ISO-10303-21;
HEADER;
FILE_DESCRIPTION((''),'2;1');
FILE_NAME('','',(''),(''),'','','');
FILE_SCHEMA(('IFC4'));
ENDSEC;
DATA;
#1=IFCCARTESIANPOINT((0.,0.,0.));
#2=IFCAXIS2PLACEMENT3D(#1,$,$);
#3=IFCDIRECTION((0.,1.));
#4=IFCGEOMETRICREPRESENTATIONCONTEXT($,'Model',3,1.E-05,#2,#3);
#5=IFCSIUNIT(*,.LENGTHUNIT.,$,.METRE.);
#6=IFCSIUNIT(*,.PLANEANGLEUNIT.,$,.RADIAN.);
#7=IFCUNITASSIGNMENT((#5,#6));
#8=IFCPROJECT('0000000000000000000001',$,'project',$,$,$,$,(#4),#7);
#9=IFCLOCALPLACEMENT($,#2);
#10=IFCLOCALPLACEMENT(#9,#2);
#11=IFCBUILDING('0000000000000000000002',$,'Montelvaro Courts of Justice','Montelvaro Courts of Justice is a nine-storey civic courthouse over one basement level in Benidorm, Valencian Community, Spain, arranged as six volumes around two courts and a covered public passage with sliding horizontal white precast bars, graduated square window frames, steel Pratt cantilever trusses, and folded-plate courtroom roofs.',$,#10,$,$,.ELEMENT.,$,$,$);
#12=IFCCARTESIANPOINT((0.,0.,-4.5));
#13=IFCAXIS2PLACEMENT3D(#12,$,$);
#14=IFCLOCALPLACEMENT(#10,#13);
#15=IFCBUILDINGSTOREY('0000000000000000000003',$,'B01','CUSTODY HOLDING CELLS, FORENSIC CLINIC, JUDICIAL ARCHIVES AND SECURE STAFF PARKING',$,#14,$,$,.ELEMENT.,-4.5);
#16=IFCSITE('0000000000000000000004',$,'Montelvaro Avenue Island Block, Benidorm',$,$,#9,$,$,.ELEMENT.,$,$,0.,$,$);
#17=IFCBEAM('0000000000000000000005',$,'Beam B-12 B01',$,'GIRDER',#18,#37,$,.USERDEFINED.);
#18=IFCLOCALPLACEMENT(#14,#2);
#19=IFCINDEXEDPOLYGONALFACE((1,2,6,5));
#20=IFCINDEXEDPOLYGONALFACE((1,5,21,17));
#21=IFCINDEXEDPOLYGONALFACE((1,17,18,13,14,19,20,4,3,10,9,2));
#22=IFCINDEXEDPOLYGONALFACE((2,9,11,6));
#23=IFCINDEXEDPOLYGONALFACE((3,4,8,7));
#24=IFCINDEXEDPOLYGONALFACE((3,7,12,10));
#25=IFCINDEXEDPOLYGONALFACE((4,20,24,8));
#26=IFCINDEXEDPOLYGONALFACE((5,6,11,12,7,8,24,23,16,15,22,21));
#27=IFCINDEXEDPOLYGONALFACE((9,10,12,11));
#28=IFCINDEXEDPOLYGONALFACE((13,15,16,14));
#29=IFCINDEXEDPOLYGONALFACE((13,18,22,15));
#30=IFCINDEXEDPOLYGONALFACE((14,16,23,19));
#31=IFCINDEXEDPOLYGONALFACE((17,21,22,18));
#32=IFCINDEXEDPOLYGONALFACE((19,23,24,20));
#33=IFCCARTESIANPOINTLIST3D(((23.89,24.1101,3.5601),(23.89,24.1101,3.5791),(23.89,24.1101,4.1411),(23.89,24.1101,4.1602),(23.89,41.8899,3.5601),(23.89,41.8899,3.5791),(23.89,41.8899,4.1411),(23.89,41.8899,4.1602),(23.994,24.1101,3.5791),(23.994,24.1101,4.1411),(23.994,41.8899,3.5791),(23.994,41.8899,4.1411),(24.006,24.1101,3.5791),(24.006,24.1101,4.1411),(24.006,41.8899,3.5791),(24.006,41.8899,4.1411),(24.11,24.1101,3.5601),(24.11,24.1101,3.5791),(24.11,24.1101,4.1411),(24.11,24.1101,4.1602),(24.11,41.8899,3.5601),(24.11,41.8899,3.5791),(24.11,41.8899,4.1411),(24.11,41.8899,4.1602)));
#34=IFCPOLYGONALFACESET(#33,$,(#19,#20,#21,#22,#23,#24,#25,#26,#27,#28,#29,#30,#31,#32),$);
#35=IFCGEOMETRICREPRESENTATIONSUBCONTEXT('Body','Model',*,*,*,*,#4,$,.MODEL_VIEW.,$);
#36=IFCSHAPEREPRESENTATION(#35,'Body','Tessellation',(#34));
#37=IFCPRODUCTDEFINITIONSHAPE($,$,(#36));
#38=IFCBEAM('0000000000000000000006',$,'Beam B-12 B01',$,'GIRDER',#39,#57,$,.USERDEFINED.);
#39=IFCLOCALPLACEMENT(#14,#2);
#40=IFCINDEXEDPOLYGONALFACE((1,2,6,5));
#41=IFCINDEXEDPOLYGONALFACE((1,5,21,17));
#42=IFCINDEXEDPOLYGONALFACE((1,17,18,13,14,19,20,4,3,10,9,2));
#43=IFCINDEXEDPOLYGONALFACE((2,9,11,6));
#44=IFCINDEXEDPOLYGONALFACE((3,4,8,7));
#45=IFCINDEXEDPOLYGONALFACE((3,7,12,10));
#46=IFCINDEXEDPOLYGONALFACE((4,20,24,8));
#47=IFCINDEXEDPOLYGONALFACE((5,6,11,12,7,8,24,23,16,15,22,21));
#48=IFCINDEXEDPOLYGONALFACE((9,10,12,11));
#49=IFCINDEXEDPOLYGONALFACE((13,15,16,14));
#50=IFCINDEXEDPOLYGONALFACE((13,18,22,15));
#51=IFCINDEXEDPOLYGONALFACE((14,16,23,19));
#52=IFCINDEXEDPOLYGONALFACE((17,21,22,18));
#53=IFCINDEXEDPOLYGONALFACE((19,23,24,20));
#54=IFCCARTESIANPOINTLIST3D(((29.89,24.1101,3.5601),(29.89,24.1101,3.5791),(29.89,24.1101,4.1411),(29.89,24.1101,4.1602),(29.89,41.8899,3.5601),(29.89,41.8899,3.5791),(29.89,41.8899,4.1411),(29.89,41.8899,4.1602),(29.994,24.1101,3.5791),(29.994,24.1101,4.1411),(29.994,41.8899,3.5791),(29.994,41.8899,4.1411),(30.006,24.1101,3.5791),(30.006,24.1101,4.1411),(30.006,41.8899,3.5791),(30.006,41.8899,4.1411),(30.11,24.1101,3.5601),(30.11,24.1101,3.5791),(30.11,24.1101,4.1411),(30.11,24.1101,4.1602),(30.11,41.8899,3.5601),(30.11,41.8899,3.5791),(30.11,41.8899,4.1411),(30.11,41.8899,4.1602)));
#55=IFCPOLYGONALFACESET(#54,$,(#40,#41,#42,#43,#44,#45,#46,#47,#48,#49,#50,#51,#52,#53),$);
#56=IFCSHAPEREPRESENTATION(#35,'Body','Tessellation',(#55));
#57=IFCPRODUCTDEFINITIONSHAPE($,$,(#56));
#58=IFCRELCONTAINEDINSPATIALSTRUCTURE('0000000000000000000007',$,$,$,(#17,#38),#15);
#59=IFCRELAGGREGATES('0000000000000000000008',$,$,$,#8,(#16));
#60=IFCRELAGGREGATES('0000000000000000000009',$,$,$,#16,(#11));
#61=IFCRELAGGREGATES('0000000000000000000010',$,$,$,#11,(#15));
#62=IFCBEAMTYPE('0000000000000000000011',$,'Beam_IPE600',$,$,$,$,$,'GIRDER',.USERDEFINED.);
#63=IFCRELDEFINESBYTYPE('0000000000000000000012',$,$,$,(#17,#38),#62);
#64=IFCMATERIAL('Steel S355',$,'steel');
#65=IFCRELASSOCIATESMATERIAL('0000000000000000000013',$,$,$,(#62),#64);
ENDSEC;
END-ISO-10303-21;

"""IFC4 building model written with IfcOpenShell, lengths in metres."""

from ifc_helpers import new_model, si_unit, direction, frame, origin, origin_2d, place, context, subcontext, project, spatial, i_section, extrude, material, material_profile, profile_set, type_object, element, save


model = new_model("IFC4")

# Units and contexts
model_context = context("Model", 3, precision=1e-05, world=origin(), true_north=direction((0.0, 1.0)))
body_context = subcontext(model_context, "Body", "Model", "MODEL_VIEW")
ifc_project = project(units=[si_unit("LENGTHUNIT", "METRE"), si_unit("PLANEANGLEUNIT", "RADIAN")], contexts=[model_context])

# Site, building, storey
site_placement = place(None, origin())
site = spatial("IfcSite", under=ifc_project, at=site_placement, Name="Montelvaro Avenue Island Block, Benidorm", CompositionType="ELEMENT", RefElevation=0.0)
building_placement = place(site_placement, origin())
building = spatial("IfcBuilding", under=site, at=building_placement, Name="Montelvaro Courts of Justice", Description="Montelvaro Courts of Justice is a nine-storey civic courthouse over one basement level in Benidorm, Valencian Community, Spain, arranged as six volumes around two courts and a covered public passage with sliding horizontal white precast bars, graduated square window frames, steel Pratt cantilever trusses, and folded-plate courtroom roofs.", CompositionType="ELEMENT")
storey_placement = place(building_placement, frame((0.0, 0.0, -4.5)))
storey = spatial("IfcBuildingStorey", under=building, at=storey_placement, Name="B01", Description="CUSTODY HOLDING CELLS, FORENSIC CLINIC, JUDICIAL ARCHIVES AND SECURE STAFF PARKING", CompositionType="ELEMENT", Elevation=-4.5)

# Beams
ifc_material_1 = material(Name="Steel S355", Category="steel")
ifc_material_profile_1 = material_profile(ifc_material_1, i_section(OverallWidth=0.22, OverallDepth=0.6001, WebThickness=0.012, FlangeThickness=0.019, at=origin_2d()), Name="IPE 600")
ifc_profile_set_1 = profile_set([ifc_material_profile_1], Name="Steel S355")
beam_type_1 = type_object("IfcBeamType", Name="Beam_IPE600", ElementType="GIRDER", PredefinedType="USERDEFINED", material=ifc_profile_set_1)
for number, where, z_axis, x_axis, name in (
    (1, (24.0, 24.1101, 3.8601), (0.0, 1.0, 0.0), (-1.0, 0.0, 0.0), "Beam B-12 B01"),
    (2, (30.0, 24.1101, 3.8601), (0.0, 1.0, 0.0), (-1.0, 0.0, 0.0), "Beam B-12 B01"),
):
    element("IfcBeam", number, at=place(storey_placement, frame(where, z_axis=z_axis, x_axis=x_axis)), inside=storey, type_object=beam_type_1, Name=name, ObjectType="GIRDER", PredefinedType="USERDEFINED", context=body_context, shape_type="SweptSolid", body=[
        extrude(i_section(OverallWidth=0.22, OverallDepth=0.6001, WebThickness=0.012, FlangeThickness=0.019, at=origin_2d()), origin(), (0.0, 0.0, 1.0), 17.7798),
    ])

save(model, "model.ifc")
